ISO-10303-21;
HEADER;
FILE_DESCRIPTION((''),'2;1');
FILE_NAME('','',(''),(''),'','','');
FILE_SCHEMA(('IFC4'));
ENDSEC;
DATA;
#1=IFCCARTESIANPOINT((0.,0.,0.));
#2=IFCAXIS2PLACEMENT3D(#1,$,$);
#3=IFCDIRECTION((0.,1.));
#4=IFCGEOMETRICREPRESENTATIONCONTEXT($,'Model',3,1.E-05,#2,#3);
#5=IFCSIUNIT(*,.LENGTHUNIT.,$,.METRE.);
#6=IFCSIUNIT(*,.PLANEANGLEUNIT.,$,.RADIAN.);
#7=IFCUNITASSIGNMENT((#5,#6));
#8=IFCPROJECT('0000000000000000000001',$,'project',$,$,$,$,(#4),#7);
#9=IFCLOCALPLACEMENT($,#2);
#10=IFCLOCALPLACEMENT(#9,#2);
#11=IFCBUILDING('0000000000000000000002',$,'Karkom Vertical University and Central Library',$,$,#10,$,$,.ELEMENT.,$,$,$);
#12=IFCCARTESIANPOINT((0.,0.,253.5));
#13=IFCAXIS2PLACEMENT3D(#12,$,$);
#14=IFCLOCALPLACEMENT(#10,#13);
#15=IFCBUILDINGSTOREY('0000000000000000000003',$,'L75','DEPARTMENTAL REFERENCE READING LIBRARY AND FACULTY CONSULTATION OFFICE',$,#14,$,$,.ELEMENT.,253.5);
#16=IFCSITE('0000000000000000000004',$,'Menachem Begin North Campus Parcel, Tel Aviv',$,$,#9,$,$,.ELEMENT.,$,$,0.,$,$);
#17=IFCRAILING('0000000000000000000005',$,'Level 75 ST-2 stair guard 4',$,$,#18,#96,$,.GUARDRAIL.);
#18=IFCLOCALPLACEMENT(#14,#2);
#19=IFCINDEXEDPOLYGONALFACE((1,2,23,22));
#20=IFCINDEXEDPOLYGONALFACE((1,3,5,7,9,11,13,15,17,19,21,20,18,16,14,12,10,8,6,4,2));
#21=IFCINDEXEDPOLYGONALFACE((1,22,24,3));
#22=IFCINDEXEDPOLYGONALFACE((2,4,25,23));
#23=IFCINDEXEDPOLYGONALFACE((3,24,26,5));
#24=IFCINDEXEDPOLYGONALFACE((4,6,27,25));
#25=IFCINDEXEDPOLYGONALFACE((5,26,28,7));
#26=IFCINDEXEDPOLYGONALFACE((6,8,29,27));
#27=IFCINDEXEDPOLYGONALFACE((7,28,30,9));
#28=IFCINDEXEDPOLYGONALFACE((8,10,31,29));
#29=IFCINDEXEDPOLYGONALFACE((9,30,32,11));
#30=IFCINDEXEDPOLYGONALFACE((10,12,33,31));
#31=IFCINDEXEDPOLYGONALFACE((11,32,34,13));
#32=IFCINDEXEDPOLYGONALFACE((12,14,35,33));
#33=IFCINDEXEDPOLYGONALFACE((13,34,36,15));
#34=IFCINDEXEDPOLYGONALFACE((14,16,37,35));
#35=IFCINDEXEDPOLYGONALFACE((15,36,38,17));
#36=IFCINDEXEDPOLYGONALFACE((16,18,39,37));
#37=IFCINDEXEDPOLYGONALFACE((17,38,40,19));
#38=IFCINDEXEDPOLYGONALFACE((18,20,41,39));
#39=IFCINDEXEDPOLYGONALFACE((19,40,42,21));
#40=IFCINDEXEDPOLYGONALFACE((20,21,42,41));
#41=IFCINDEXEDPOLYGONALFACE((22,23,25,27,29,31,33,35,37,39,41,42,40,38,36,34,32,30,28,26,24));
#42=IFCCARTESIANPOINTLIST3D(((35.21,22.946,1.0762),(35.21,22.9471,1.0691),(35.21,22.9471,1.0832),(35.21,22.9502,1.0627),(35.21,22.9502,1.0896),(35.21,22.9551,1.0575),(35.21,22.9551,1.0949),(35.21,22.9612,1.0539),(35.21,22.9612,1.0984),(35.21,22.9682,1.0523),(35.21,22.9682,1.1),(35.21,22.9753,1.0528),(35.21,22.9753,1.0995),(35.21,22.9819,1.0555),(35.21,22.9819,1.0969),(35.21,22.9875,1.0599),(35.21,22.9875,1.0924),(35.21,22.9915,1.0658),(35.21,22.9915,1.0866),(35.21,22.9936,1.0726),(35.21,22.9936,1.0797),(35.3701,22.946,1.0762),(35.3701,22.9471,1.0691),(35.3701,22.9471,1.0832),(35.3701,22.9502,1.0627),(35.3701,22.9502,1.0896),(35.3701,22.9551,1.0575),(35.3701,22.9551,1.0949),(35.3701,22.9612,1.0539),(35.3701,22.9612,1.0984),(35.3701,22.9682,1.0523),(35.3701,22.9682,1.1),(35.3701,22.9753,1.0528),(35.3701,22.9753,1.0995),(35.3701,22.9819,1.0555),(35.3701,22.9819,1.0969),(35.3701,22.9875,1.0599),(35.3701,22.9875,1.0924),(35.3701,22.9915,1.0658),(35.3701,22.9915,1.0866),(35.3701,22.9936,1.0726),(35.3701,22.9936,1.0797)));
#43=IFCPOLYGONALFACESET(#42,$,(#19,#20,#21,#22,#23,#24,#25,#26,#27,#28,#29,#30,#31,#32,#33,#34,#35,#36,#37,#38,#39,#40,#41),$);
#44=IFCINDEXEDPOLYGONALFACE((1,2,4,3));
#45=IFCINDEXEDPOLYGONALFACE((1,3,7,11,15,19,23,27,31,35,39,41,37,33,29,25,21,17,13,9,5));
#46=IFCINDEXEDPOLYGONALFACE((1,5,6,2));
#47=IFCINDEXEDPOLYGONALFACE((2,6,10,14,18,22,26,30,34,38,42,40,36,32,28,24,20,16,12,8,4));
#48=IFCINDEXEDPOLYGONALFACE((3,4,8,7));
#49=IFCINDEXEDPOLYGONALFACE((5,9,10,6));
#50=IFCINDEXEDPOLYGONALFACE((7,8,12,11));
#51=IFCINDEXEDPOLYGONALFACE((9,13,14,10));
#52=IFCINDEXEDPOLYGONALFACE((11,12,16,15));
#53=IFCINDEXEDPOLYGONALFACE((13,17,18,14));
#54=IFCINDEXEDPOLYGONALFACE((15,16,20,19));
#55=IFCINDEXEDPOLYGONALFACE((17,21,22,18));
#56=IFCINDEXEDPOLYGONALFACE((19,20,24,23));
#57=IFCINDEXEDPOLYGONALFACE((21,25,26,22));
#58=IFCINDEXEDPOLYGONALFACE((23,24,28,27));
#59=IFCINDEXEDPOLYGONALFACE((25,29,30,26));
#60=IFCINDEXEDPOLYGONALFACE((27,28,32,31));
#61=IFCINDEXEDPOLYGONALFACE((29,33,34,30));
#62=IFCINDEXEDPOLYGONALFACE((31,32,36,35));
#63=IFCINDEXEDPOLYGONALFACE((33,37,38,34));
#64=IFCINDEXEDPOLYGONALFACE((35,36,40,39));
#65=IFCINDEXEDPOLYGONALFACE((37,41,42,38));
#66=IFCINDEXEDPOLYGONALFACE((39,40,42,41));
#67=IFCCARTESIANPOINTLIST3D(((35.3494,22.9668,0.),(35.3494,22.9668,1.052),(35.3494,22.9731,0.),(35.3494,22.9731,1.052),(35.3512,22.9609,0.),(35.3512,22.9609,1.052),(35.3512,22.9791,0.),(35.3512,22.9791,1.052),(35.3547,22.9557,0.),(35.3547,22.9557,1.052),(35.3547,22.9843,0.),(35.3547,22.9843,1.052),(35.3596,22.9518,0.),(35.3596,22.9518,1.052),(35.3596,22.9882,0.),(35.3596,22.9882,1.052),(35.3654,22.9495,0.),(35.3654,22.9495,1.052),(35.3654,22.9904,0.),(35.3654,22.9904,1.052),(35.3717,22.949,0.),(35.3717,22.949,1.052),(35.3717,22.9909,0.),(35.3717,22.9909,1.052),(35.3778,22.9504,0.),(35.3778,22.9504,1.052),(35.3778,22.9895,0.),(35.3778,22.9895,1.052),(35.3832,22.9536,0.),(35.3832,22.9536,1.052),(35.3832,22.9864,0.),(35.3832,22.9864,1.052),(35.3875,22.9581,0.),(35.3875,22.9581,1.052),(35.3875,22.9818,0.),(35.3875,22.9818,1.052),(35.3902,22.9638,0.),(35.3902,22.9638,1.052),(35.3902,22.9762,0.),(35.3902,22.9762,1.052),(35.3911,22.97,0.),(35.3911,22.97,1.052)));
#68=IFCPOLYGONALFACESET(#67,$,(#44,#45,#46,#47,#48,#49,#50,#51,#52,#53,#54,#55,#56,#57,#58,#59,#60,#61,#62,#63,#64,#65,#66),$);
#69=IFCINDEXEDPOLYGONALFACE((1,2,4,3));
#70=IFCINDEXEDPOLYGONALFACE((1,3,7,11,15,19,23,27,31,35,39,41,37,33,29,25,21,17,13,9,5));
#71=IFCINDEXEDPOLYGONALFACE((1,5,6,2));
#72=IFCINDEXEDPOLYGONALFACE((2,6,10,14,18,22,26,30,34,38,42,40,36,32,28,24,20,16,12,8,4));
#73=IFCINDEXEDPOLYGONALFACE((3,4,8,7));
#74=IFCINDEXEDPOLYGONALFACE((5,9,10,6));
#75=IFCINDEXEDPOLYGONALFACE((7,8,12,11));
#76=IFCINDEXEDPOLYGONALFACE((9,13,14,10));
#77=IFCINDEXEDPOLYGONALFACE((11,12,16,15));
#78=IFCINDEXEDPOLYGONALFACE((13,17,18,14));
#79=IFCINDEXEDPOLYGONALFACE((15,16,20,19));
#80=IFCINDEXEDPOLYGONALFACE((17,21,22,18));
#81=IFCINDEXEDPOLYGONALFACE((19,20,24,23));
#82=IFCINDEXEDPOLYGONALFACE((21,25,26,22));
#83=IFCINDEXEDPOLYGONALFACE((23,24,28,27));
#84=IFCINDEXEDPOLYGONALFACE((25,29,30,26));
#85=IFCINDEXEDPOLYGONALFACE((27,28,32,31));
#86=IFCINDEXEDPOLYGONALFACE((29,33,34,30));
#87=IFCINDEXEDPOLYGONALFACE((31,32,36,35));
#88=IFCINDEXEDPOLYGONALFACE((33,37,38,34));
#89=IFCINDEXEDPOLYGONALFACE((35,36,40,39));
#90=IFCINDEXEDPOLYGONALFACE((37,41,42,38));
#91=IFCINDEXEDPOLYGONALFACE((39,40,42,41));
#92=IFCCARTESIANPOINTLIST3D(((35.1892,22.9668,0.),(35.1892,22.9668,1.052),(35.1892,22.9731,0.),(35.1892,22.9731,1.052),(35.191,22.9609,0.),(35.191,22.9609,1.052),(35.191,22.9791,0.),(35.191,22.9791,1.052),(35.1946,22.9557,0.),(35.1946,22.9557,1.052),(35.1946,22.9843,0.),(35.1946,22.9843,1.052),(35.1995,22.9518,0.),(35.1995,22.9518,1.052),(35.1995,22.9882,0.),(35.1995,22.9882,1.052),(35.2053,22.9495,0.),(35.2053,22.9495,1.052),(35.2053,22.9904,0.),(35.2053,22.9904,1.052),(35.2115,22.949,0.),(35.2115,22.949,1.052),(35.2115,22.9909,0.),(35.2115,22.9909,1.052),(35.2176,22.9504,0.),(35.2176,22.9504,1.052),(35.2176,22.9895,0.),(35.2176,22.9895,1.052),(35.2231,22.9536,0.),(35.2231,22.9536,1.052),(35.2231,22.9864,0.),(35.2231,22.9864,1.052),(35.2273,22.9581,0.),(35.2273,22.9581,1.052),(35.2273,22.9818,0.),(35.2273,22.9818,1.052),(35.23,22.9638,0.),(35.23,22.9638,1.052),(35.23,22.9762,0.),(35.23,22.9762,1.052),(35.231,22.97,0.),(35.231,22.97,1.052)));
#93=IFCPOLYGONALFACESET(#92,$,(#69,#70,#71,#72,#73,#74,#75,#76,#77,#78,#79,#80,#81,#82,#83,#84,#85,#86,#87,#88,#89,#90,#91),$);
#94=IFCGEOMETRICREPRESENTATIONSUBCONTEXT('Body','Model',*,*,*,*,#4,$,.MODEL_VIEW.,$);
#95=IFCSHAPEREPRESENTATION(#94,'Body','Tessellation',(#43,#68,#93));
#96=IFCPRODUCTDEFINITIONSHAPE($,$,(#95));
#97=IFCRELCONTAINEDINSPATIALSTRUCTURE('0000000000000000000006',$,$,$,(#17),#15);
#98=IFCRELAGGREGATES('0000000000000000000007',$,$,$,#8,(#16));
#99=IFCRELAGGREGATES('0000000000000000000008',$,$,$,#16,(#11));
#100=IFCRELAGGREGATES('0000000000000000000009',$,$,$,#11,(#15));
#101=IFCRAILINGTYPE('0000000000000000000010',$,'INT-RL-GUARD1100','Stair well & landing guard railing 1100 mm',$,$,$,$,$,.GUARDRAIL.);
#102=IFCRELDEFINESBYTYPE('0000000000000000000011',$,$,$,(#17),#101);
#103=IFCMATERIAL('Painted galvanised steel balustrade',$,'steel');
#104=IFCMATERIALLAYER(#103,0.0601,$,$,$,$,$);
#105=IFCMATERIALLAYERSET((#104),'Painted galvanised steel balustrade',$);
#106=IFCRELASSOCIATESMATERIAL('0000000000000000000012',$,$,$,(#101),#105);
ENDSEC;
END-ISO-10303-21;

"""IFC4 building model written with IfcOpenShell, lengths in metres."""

from ifc_helpers import new_model, si_unit, direction, frame, origin, origin_2d, place, context, subcontext, project, spatial, circle, extrude, material, layer, layer_set, type_object, element, save


model = new_model("IFC4")

# Units and contexts
model_context = context("Model", 3, precision=1e-05, world=origin(), true_north=direction((0.0, 1.0)))
body_context = subcontext(model_context, "Body", "Model", "MODEL_VIEW")
ifc_project = project(units=[si_unit("LENGTHUNIT", "METRE"), si_unit("PLANEANGLEUNIT", "RADIAN")], contexts=[model_context])

# Site, building, storey
site_placement = place(None, origin())
site = spatial("IfcSite", under=ifc_project, at=site_placement, Name="Menachem Begin North Campus Parcel, Tel Aviv", CompositionType="ELEMENT", RefElevation=0.0)
building_placement = place(site_placement, origin())
building = spatial("IfcBuilding", under=site, at=building_placement, Name="Karkom Vertical University and Central Library", CompositionType="ELEMENT")
storey_placement = place(building_placement, frame((0.0, 0.0, 253.5)))
storey = spatial("IfcBuildingStorey", under=building, at=storey_placement, Name="L75", Description="DEPARTMENTAL REFERENCE READING LIBRARY AND FACULTY CONSULTATION OFFICE", CompositionType="ELEMENT", Elevation=253.5)

# Railing
ifc_material_1 = material(Name="Painted galvanised steel balustrade", Category="steel")
ifc_layer_1 = layer(ifc_material_1, 0.0601)
ifc_layer_set_1 = layer_set([ifc_layer_1], Name="Painted galvanised steel balustrade")
railing_type = type_object("IfcRailingType", Name="INT-RL-GUARD1100", Description="Stair well & landing guard railing 1100 mm", PredefinedType="GUARDRAIL", material=ifc_layer_set_1)
railing_1_placement = place(storey_placement, frame((35.3701, 22.97, 0.0)))
element("IfcRailing", 1, at=railing_1_placement, inside=storey, type_object=railing_type, Name="Level 75 ST-2 stair guard 4", PredefinedType="GUARDRAIL", context=body_context, shape_type="SweptSolid", body=[
    extrude(circle(Radius=0.0239, at=origin_2d()), frame((0.0, 0.0, 1.0762), z_axis=(-1.0, 0.0, 0.0), x_axis=(0.0, -1.0, 0.0)), (0.0, 0.0, 1.0), 0.1602),
    extrude(circle(Radius=0.021, at=origin_2d()), origin(), (0.0, 0.0, 1.0), 1.052),
    extrude(circle(Radius=0.021, at=origin_2d()), frame((-0.1602, 0.0, 0.0)), (0.0, 0.0, 1.0), 1.052),
])

save(model, "model.ifc")
